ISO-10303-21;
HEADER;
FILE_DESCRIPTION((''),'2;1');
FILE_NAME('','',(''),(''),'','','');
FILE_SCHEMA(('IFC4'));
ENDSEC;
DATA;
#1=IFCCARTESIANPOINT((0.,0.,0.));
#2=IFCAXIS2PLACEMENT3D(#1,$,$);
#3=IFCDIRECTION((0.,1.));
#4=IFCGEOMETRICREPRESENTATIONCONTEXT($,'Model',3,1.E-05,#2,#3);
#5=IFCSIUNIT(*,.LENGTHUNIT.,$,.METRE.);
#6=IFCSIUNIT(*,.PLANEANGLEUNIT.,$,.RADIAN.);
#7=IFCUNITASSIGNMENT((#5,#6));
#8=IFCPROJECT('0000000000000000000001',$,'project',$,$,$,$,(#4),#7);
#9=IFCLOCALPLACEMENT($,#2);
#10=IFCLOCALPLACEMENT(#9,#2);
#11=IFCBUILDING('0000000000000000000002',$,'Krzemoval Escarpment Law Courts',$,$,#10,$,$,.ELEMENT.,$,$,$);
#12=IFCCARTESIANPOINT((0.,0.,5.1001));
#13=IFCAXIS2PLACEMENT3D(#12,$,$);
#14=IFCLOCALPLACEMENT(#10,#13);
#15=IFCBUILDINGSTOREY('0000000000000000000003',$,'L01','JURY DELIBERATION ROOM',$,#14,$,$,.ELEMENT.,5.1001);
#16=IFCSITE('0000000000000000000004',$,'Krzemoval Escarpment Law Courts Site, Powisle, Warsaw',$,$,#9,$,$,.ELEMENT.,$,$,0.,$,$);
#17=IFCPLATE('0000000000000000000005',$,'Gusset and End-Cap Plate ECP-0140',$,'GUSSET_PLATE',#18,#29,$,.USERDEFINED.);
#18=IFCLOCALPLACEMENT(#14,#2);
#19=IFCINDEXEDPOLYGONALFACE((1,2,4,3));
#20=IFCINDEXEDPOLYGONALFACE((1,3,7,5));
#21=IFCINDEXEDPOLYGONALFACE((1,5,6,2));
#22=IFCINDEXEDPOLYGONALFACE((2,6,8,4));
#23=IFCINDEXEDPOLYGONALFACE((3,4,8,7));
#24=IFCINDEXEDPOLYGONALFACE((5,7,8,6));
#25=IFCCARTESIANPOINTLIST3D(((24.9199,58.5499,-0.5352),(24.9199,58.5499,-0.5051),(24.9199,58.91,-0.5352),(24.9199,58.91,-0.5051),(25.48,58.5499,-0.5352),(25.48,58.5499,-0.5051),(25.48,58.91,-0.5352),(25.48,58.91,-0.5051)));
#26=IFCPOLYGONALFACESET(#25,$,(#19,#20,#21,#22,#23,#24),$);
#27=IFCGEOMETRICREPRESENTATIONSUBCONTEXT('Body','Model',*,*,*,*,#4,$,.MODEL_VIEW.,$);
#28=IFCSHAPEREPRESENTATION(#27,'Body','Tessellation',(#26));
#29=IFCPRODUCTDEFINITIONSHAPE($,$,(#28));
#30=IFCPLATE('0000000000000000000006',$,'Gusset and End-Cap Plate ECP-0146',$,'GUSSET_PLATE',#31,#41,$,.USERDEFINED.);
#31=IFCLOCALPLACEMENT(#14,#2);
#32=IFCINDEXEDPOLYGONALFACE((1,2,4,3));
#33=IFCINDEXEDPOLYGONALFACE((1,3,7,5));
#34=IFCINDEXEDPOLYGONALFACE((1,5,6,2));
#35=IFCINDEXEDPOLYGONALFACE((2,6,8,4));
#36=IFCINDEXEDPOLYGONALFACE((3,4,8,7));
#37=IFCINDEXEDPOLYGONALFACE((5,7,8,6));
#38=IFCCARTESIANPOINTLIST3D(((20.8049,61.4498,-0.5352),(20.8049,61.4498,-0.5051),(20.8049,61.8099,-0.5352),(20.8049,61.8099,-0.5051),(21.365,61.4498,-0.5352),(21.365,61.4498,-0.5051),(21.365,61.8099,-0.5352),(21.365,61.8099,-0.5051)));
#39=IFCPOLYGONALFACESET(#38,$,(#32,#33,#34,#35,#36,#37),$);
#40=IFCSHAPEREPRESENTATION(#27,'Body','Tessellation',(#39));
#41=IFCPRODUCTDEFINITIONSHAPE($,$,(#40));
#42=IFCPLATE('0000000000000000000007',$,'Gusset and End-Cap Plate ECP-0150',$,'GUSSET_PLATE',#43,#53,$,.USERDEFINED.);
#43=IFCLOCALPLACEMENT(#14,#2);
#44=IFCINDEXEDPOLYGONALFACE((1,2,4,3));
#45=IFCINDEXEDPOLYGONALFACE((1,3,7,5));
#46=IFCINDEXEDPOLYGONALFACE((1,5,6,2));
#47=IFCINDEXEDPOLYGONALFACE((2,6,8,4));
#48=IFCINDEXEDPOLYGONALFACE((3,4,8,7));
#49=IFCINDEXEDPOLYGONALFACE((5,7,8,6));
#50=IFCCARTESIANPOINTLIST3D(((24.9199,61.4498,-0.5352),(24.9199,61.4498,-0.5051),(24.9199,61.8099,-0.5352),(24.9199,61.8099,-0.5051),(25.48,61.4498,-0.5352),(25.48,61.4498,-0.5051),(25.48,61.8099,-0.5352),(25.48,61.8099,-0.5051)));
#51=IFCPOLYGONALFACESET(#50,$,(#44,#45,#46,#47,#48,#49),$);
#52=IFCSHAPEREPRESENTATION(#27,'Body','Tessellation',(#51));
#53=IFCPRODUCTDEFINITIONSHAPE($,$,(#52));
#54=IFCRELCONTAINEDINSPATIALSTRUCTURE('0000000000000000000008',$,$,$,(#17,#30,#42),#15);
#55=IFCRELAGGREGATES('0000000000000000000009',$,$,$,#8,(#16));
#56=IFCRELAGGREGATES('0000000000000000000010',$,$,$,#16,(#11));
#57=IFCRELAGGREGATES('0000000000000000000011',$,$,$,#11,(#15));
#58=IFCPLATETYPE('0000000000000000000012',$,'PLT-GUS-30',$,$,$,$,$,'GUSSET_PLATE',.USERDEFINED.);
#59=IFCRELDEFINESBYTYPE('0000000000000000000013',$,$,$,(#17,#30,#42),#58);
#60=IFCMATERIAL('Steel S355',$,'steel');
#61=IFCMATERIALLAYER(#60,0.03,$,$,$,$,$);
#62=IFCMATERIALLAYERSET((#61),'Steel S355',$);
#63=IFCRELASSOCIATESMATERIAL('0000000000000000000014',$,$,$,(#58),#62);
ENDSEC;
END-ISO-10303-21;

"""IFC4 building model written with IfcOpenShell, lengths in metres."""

from ifc_helpers import new_model, si_unit, direction, frame, origin, origin_2d, place, context, subcontext, project, spatial, rectangle, extrude, material, layer, layer_set, type_object, element, save


model = new_model("IFC4")

# Units and contexts
model_context = context("Model", 3, precision=1e-05, world=origin(), true_north=direction((0.0, 1.0)))
body_context = subcontext(model_context, "Body", "Model", "MODEL_VIEW")
ifc_project = project(units=[si_unit("LENGTHUNIT", "METRE"), si_unit("PLANEANGLEUNIT", "RADIAN")], contexts=[model_context])

# Site, building, storey
site_placement = place(None, origin())
site = spatial("IfcSite", under=ifc_project, at=site_placement, Name="Krzemoval Escarpment Law Courts Site, Powisle, Warsaw", CompositionType="ELEMENT", RefElevation=0.0)
building_placement = place(site_placement, origin())
building = spatial("IfcBuilding", under=site, at=building_placement, Name="Krzemoval Escarpment Law Courts", CompositionType="ELEMENT")
storey_placement = place(building_placement, frame((0.0, 0.0, 5.1001)))
storey = spatial("IfcBuildingStorey", under=building, at=storey_placement, Name="L01", Description="JURY DELIBERATION ROOM", CompositionType="ELEMENT", Elevation=5.1001)

# Plates
ifc_material_1 = material(Name="Steel S355", Category="steel")
ifc_layer_1 = layer(ifc_material_1, 0.03)
ifc_layer_set_1 = layer_set([ifc_layer_1], Name="Steel S355")
plate_type_1 = type_object("IfcPlateType", Name="PLT-GUS-30", ElementType="GUSSET_PLATE", PredefinedType="USERDEFINED", material=ifc_layer_set_1)
for number, where, z_axis, x_axis, name in (
    (1, (25.2, 58.73, -0.5352), (0.0, 0.0, 1.0), (1.0, 0.0, 0.0), "Gusset and End-Cap Plate ECP-0140"),
    (2, (21.085, 61.6299, -0.5352), (0.0, 0.0, 1.0), (1.0, 0.0, 0.0), "Gusset and End-Cap Plate ECP-0146"),
    (3, (25.2, 61.6299, -0.5352), (0.0, 0.0, 1.0), (1.0, 0.0, 0.0), "Gusset and End-Cap Plate ECP-0150"),
):
    element("IfcPlate", number, at=place(storey_placement, frame(where, z_axis=z_axis, x_axis=x_axis)), inside=storey, type_object=plate_type_1, Name=name, ObjectType="GUSSET_PLATE", PredefinedType="USERDEFINED", context=body_context, shape_type="SweptSolid", body=[
        extrude(rectangle(XDim=0.5601, YDim=0.3601, at=origin_2d()), origin(), (0.0, 0.0, 1.0), 0.03),
    ])

save(model, "model.ifc")
